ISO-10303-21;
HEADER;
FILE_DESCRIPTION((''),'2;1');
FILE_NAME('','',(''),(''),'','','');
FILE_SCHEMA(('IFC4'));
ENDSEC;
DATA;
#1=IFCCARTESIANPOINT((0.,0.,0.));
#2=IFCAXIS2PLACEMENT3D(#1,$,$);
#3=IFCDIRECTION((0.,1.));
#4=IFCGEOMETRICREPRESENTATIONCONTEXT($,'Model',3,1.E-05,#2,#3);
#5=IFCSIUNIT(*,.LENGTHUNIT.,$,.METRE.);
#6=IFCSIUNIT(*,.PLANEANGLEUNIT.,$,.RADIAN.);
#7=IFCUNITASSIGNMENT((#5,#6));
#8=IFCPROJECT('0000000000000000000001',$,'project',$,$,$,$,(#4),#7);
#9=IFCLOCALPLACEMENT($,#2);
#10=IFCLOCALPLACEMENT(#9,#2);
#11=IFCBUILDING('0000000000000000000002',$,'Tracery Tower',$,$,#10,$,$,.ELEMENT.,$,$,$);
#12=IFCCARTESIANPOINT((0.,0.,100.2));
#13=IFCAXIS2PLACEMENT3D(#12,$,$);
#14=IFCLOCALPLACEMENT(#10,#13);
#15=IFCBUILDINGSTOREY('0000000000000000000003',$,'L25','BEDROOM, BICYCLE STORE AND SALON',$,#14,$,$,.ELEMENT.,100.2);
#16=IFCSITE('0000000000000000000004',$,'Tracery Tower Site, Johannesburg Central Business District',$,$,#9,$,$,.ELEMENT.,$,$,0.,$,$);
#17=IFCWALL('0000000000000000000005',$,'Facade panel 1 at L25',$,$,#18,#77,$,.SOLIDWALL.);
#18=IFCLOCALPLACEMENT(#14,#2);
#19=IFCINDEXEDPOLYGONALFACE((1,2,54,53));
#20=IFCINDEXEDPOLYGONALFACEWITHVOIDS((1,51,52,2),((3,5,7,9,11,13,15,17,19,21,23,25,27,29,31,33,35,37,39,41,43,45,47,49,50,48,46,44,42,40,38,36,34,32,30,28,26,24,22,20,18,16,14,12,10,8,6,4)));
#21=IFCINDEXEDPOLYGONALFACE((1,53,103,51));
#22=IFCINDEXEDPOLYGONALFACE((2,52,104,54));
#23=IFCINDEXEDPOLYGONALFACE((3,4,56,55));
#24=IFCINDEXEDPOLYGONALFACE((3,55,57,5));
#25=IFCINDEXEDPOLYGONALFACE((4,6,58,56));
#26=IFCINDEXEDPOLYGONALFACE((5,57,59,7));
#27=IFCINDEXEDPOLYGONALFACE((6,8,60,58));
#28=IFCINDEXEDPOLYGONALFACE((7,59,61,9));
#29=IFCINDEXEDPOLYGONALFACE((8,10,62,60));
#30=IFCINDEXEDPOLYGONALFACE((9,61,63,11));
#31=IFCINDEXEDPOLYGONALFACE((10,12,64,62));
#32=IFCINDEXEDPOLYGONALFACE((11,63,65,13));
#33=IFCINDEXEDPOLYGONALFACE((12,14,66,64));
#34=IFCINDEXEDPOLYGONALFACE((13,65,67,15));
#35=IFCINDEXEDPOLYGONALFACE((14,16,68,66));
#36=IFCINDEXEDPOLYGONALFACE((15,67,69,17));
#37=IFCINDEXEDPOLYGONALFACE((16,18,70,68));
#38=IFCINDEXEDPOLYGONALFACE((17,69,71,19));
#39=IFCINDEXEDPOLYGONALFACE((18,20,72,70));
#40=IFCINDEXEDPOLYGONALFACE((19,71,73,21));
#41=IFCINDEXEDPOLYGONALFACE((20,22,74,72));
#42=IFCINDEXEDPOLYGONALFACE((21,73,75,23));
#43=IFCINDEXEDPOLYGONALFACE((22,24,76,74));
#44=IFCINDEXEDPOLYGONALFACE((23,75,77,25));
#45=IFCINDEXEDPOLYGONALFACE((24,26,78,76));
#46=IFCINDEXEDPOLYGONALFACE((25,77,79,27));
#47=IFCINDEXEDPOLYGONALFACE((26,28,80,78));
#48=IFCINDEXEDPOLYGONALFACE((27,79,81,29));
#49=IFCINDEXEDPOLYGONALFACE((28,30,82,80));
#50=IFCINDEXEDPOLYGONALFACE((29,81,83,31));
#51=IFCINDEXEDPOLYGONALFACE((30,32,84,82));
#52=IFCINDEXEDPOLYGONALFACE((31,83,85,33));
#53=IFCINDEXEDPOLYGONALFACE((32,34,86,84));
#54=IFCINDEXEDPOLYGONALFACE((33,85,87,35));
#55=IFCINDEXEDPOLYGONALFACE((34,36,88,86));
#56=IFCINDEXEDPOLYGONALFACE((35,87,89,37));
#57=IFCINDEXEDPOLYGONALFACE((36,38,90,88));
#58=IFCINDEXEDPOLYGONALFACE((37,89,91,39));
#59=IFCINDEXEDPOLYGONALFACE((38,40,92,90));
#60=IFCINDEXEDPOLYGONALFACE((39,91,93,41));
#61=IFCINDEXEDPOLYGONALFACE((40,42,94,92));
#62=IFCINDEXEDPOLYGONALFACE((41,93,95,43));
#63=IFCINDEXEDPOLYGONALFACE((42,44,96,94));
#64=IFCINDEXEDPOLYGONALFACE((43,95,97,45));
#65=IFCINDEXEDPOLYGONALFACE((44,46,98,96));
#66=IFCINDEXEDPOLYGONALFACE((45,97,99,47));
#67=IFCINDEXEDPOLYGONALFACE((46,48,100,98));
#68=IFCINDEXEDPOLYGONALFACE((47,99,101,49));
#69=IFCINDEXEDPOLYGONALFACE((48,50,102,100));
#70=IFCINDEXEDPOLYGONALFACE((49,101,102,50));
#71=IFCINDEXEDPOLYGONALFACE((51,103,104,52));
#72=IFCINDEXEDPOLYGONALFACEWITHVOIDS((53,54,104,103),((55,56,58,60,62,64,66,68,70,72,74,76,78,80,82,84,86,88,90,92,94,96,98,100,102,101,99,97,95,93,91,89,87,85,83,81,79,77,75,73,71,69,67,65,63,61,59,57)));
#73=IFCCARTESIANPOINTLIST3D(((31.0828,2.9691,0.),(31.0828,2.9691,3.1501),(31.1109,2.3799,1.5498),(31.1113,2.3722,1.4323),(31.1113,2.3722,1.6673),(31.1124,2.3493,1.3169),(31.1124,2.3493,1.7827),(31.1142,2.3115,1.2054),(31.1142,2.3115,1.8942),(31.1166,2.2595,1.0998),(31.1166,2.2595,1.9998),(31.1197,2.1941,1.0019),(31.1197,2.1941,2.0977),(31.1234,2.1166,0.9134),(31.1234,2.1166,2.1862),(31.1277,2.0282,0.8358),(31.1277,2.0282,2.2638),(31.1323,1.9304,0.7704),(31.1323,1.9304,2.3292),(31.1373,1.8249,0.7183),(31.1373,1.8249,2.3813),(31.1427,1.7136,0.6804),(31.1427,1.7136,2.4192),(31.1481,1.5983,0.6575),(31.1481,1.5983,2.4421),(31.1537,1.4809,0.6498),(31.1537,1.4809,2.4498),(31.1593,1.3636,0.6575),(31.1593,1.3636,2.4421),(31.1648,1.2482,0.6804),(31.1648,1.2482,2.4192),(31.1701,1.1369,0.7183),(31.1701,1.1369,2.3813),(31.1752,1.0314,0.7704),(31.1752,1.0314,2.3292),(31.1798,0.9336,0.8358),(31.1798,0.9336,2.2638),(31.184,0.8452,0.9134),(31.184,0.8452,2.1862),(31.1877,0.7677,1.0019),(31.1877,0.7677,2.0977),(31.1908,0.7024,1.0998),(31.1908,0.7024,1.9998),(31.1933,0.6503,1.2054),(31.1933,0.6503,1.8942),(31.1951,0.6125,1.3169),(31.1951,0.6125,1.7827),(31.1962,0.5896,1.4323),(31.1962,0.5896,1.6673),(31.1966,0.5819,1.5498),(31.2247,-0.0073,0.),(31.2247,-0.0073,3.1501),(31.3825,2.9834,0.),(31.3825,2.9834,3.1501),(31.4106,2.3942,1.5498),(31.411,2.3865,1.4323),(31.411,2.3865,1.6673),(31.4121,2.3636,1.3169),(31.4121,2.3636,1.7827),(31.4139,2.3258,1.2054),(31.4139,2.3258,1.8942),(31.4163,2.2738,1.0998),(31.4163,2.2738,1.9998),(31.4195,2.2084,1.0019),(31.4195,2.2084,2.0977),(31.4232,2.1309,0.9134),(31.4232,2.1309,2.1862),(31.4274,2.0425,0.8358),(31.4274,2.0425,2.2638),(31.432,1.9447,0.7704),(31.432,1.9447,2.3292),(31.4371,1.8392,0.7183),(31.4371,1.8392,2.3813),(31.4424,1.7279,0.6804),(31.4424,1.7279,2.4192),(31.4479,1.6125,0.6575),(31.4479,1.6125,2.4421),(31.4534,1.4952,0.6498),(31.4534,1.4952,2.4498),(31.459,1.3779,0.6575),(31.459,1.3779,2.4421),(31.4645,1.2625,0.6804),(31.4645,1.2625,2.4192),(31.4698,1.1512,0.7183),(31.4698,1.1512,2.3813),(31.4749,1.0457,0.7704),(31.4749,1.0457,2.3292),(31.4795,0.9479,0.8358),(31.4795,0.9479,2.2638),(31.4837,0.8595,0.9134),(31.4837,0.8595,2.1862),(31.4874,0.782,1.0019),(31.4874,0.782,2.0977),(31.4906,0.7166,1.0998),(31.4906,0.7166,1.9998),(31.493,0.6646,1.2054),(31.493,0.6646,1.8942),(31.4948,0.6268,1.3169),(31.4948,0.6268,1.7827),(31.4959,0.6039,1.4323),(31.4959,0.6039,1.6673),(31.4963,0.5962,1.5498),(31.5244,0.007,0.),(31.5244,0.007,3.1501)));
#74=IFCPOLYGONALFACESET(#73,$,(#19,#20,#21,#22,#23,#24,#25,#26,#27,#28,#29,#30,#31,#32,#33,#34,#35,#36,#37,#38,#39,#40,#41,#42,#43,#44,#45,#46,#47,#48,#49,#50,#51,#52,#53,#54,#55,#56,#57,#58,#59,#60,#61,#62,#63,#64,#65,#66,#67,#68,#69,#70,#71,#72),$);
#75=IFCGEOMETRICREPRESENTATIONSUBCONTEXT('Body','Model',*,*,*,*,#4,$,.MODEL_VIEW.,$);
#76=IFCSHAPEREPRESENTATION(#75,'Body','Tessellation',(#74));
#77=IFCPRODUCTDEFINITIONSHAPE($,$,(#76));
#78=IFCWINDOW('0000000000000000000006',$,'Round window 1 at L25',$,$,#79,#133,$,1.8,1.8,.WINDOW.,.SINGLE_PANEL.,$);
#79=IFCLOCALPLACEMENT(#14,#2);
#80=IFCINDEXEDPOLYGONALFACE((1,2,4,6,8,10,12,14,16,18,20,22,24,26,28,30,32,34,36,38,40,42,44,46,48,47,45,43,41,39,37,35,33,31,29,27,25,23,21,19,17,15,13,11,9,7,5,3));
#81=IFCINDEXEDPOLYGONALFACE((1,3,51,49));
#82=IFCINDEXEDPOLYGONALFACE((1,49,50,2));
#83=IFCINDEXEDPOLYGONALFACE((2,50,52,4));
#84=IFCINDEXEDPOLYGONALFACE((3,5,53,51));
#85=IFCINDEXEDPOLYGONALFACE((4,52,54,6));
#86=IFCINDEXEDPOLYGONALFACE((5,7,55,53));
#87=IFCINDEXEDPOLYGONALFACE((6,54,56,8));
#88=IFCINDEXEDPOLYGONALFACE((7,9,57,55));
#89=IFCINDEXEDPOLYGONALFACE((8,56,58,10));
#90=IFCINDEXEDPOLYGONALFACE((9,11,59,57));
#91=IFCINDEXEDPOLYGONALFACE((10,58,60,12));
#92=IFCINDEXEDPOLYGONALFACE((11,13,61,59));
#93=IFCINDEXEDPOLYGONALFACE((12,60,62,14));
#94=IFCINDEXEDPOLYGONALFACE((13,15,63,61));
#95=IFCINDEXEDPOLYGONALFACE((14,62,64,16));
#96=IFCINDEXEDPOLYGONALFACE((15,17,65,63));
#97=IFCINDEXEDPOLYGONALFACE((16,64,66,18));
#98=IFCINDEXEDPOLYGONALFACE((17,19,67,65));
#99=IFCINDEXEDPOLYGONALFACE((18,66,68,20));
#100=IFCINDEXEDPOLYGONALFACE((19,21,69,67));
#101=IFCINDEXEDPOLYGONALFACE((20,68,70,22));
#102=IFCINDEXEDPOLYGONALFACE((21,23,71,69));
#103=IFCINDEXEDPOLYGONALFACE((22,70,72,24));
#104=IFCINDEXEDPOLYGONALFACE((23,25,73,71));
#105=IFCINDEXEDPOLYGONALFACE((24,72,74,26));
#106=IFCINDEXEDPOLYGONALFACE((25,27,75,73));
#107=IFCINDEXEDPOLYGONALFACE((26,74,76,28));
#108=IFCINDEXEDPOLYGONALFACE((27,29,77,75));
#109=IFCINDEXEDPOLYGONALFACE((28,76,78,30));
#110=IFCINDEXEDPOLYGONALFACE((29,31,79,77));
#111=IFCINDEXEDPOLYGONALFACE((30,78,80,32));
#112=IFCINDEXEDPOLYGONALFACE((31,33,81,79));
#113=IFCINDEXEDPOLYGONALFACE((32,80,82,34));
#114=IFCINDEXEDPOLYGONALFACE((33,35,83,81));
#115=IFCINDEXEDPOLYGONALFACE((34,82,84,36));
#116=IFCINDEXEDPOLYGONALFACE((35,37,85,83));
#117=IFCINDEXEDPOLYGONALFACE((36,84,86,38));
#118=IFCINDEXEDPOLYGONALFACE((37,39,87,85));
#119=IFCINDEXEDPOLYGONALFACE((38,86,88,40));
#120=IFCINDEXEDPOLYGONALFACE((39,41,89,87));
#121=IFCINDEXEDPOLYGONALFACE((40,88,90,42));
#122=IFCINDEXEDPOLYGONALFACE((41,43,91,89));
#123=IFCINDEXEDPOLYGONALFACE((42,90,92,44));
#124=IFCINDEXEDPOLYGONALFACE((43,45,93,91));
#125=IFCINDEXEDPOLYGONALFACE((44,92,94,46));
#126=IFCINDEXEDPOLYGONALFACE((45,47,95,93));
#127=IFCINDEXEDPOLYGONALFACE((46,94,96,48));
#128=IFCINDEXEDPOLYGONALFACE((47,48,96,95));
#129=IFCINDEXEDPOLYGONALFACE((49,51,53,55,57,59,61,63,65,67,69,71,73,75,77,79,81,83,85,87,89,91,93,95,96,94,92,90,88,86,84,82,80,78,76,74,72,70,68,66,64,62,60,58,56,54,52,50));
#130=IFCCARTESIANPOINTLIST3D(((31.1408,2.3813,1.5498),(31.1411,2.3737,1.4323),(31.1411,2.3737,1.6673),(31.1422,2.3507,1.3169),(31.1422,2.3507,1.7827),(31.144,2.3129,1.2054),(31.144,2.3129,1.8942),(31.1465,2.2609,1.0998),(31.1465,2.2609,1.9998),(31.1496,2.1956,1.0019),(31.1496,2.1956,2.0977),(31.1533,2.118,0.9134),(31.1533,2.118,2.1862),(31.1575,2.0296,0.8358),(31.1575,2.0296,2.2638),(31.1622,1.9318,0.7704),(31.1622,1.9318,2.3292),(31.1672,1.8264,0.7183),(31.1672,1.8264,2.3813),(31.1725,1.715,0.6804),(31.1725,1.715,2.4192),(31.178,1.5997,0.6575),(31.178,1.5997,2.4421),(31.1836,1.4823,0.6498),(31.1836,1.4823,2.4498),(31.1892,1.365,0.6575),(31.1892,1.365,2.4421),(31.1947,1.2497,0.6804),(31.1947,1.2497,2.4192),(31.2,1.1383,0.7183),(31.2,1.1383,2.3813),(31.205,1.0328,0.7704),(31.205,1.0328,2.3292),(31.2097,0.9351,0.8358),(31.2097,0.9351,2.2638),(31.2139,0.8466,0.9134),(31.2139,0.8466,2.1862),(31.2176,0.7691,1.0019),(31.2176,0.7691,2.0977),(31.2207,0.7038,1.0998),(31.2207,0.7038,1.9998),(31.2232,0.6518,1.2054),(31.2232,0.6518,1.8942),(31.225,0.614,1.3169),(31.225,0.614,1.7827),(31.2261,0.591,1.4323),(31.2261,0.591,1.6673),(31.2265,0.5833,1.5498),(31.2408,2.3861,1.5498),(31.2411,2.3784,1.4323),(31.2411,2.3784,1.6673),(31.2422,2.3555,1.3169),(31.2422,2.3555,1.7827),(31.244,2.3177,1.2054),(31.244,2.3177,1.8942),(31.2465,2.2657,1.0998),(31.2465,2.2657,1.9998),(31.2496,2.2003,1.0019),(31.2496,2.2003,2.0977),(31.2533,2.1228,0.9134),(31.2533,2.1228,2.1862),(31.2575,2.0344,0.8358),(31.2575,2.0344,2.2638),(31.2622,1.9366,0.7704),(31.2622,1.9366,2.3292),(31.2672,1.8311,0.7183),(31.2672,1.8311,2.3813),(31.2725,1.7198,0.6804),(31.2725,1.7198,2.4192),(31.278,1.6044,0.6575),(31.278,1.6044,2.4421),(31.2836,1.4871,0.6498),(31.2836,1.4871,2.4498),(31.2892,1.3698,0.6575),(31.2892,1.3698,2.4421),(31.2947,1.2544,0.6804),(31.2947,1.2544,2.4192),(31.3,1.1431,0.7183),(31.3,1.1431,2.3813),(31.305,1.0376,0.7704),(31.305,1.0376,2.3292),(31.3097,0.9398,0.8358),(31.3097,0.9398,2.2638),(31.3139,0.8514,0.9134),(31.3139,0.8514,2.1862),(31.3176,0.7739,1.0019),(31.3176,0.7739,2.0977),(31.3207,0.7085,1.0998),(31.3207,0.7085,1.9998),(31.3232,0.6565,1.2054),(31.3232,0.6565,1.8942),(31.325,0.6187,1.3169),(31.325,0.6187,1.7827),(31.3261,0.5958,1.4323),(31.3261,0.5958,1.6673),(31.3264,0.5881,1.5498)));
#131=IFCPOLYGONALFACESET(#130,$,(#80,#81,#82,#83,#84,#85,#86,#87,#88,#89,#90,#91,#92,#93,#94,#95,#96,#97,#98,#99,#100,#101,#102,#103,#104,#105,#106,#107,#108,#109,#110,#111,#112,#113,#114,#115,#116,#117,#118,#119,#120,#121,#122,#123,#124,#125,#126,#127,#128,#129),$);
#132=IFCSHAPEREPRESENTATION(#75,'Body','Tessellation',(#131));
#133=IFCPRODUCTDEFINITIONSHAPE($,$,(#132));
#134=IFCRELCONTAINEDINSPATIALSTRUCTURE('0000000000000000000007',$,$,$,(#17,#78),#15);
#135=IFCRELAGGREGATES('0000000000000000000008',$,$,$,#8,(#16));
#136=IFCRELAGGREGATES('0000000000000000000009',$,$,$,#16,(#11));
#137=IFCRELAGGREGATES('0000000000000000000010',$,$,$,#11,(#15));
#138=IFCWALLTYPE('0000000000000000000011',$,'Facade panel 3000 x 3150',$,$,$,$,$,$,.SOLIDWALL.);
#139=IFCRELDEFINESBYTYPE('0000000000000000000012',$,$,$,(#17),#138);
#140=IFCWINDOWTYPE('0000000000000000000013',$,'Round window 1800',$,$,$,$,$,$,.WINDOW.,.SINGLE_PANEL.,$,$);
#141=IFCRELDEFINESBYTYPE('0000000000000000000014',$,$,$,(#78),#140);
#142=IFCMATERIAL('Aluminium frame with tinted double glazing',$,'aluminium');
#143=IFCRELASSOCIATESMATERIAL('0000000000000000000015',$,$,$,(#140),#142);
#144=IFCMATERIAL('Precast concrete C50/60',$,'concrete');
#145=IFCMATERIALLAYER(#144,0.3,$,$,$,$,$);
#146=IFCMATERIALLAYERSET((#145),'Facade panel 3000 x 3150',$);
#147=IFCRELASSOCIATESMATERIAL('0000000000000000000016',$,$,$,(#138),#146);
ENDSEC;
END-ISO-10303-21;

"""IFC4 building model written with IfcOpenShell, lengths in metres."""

from ifc_helpers import new_model, si_unit, direction, frame, frame_2d, origin, origin_2d, place, context, subcontext, project, spatial, rectangle, circle, extrude, material, layer, layer_set, type_object, element, fill, save


model = new_model("IFC4")

# Units and contexts
model_context = context("Model", 3, precision=1e-05, world=origin(), true_north=direction((0.0, 1.0)))
body_context = subcontext(model_context, "Body", "Model", "MODEL_VIEW")
ifc_project = project(units=[si_unit("LENGTHUNIT", "METRE"), si_unit("PLANEANGLEUNIT", "RADIAN")], contexts=[model_context])

# Site, building, storey
site_placement = place(None, origin())
site = spatial("IfcSite", under=ifc_project, at=site_placement, Name="Tracery Tower Site, Johannesburg Central Business District", CompositionType="ELEMENT", RefElevation=0.0)
building_placement = place(site_placement, origin())
building = spatial("IfcBuilding", under=site, at=building_placement, Name="Tracery Tower", CompositionType="ELEMENT")
storey_placement = place(building_placement, frame((0.0, 0.0, 100.2)))
storey = spatial("IfcBuildingStorey", under=building, at=storey_placement, Name="L25", Description="BEDROOM, BICYCLE STORE AND SALON", CompositionType="ELEMENT", Elevation=100.2)

# Wall, opening, window
ifc_material_1 = material(Name="Aluminium frame with tinted double glazing", Category="aluminium")
window_type = type_object("IfcWindowType", Name="Round window 1800", PartitioningType="SINGLE_PANEL", PredefinedType="WINDOW", material=ifc_material_1)
ifc_material_2 = material(Name="Precast concrete C50/60", Category="concrete")
ifc_layer_1 = layer(ifc_material_2, 0.3)
ifc_layer_set_1 = layer_set([ifc_layer_1], Name="Facade panel 3000 x 3150")
wall_type_1 = type_object("IfcWallType", Name="Facade panel 3000 x 3150", PredefinedType="SOLIDWALL", material=ifc_layer_set_1)
wall_1_placement = place(storey_placement, frame((31.3745, 0.0, 0.0), z_axis=(0.0, 0.0, 1.0), x_axis=(-0.047604, 0.998866, 0.0)))
wall_1 = element("IfcWall", 1, at=wall_1_placement, inside=storey, type_object=wall_type_1, Name="Facade panel 1 at L25", PredefinedType="SOLIDWALL", context=body_context, shape_type="SweptSolid", body=[
    extrude(rectangle(XDim=2.9797, YDim=0.3, at=frame_2d((1.4897, 0.0))), origin(), (0.0, 0.0, 1.0), 3.1501),
])
opening_1_placement = place(wall_1_placement, frame((1.4897, 0.0, 1.5498)))
opening_1 = element("IfcOpeningElement", 2, at=opening_1_placement, cuts=wall_1, PredefinedType="OPENING", context=body_context, shape_type="SweptSolid", body=[
    extrude(circle(Radius=0.9, at=origin_2d()), frame((0.0, 0.1599, 0.0), z_axis=(0.0, -1.0, 0.0), x_axis=(1.0, 0.0, 0.0)), (0.0, 0.0, 1.0), 0.3201),
])
window_1_placement = place(opening_1_placement, origin())
window_1 = element("IfcWindow", 3, at=window_1_placement, inside=storey, type_object=window_type, Name="Round window 1 at L25", OverallHeight=1.8, OverallWidth=1.8, PartitioningType="SINGLE_PANEL", PredefinedType="WINDOW", context=body_context, shape_type="SweptSolid", body=[
    extrude(circle(Radius=0.9, at=origin_2d()), frame((0.0, 0.1201, 0.0), z_axis=(0.0, -1.0, 0.0), x_axis=(1.0, 0.0, 0.0)), (0.0, 0.0, 1.0), 0.1001),
])
fill(opening_1, window_1)

save(model, "model.ifc")
